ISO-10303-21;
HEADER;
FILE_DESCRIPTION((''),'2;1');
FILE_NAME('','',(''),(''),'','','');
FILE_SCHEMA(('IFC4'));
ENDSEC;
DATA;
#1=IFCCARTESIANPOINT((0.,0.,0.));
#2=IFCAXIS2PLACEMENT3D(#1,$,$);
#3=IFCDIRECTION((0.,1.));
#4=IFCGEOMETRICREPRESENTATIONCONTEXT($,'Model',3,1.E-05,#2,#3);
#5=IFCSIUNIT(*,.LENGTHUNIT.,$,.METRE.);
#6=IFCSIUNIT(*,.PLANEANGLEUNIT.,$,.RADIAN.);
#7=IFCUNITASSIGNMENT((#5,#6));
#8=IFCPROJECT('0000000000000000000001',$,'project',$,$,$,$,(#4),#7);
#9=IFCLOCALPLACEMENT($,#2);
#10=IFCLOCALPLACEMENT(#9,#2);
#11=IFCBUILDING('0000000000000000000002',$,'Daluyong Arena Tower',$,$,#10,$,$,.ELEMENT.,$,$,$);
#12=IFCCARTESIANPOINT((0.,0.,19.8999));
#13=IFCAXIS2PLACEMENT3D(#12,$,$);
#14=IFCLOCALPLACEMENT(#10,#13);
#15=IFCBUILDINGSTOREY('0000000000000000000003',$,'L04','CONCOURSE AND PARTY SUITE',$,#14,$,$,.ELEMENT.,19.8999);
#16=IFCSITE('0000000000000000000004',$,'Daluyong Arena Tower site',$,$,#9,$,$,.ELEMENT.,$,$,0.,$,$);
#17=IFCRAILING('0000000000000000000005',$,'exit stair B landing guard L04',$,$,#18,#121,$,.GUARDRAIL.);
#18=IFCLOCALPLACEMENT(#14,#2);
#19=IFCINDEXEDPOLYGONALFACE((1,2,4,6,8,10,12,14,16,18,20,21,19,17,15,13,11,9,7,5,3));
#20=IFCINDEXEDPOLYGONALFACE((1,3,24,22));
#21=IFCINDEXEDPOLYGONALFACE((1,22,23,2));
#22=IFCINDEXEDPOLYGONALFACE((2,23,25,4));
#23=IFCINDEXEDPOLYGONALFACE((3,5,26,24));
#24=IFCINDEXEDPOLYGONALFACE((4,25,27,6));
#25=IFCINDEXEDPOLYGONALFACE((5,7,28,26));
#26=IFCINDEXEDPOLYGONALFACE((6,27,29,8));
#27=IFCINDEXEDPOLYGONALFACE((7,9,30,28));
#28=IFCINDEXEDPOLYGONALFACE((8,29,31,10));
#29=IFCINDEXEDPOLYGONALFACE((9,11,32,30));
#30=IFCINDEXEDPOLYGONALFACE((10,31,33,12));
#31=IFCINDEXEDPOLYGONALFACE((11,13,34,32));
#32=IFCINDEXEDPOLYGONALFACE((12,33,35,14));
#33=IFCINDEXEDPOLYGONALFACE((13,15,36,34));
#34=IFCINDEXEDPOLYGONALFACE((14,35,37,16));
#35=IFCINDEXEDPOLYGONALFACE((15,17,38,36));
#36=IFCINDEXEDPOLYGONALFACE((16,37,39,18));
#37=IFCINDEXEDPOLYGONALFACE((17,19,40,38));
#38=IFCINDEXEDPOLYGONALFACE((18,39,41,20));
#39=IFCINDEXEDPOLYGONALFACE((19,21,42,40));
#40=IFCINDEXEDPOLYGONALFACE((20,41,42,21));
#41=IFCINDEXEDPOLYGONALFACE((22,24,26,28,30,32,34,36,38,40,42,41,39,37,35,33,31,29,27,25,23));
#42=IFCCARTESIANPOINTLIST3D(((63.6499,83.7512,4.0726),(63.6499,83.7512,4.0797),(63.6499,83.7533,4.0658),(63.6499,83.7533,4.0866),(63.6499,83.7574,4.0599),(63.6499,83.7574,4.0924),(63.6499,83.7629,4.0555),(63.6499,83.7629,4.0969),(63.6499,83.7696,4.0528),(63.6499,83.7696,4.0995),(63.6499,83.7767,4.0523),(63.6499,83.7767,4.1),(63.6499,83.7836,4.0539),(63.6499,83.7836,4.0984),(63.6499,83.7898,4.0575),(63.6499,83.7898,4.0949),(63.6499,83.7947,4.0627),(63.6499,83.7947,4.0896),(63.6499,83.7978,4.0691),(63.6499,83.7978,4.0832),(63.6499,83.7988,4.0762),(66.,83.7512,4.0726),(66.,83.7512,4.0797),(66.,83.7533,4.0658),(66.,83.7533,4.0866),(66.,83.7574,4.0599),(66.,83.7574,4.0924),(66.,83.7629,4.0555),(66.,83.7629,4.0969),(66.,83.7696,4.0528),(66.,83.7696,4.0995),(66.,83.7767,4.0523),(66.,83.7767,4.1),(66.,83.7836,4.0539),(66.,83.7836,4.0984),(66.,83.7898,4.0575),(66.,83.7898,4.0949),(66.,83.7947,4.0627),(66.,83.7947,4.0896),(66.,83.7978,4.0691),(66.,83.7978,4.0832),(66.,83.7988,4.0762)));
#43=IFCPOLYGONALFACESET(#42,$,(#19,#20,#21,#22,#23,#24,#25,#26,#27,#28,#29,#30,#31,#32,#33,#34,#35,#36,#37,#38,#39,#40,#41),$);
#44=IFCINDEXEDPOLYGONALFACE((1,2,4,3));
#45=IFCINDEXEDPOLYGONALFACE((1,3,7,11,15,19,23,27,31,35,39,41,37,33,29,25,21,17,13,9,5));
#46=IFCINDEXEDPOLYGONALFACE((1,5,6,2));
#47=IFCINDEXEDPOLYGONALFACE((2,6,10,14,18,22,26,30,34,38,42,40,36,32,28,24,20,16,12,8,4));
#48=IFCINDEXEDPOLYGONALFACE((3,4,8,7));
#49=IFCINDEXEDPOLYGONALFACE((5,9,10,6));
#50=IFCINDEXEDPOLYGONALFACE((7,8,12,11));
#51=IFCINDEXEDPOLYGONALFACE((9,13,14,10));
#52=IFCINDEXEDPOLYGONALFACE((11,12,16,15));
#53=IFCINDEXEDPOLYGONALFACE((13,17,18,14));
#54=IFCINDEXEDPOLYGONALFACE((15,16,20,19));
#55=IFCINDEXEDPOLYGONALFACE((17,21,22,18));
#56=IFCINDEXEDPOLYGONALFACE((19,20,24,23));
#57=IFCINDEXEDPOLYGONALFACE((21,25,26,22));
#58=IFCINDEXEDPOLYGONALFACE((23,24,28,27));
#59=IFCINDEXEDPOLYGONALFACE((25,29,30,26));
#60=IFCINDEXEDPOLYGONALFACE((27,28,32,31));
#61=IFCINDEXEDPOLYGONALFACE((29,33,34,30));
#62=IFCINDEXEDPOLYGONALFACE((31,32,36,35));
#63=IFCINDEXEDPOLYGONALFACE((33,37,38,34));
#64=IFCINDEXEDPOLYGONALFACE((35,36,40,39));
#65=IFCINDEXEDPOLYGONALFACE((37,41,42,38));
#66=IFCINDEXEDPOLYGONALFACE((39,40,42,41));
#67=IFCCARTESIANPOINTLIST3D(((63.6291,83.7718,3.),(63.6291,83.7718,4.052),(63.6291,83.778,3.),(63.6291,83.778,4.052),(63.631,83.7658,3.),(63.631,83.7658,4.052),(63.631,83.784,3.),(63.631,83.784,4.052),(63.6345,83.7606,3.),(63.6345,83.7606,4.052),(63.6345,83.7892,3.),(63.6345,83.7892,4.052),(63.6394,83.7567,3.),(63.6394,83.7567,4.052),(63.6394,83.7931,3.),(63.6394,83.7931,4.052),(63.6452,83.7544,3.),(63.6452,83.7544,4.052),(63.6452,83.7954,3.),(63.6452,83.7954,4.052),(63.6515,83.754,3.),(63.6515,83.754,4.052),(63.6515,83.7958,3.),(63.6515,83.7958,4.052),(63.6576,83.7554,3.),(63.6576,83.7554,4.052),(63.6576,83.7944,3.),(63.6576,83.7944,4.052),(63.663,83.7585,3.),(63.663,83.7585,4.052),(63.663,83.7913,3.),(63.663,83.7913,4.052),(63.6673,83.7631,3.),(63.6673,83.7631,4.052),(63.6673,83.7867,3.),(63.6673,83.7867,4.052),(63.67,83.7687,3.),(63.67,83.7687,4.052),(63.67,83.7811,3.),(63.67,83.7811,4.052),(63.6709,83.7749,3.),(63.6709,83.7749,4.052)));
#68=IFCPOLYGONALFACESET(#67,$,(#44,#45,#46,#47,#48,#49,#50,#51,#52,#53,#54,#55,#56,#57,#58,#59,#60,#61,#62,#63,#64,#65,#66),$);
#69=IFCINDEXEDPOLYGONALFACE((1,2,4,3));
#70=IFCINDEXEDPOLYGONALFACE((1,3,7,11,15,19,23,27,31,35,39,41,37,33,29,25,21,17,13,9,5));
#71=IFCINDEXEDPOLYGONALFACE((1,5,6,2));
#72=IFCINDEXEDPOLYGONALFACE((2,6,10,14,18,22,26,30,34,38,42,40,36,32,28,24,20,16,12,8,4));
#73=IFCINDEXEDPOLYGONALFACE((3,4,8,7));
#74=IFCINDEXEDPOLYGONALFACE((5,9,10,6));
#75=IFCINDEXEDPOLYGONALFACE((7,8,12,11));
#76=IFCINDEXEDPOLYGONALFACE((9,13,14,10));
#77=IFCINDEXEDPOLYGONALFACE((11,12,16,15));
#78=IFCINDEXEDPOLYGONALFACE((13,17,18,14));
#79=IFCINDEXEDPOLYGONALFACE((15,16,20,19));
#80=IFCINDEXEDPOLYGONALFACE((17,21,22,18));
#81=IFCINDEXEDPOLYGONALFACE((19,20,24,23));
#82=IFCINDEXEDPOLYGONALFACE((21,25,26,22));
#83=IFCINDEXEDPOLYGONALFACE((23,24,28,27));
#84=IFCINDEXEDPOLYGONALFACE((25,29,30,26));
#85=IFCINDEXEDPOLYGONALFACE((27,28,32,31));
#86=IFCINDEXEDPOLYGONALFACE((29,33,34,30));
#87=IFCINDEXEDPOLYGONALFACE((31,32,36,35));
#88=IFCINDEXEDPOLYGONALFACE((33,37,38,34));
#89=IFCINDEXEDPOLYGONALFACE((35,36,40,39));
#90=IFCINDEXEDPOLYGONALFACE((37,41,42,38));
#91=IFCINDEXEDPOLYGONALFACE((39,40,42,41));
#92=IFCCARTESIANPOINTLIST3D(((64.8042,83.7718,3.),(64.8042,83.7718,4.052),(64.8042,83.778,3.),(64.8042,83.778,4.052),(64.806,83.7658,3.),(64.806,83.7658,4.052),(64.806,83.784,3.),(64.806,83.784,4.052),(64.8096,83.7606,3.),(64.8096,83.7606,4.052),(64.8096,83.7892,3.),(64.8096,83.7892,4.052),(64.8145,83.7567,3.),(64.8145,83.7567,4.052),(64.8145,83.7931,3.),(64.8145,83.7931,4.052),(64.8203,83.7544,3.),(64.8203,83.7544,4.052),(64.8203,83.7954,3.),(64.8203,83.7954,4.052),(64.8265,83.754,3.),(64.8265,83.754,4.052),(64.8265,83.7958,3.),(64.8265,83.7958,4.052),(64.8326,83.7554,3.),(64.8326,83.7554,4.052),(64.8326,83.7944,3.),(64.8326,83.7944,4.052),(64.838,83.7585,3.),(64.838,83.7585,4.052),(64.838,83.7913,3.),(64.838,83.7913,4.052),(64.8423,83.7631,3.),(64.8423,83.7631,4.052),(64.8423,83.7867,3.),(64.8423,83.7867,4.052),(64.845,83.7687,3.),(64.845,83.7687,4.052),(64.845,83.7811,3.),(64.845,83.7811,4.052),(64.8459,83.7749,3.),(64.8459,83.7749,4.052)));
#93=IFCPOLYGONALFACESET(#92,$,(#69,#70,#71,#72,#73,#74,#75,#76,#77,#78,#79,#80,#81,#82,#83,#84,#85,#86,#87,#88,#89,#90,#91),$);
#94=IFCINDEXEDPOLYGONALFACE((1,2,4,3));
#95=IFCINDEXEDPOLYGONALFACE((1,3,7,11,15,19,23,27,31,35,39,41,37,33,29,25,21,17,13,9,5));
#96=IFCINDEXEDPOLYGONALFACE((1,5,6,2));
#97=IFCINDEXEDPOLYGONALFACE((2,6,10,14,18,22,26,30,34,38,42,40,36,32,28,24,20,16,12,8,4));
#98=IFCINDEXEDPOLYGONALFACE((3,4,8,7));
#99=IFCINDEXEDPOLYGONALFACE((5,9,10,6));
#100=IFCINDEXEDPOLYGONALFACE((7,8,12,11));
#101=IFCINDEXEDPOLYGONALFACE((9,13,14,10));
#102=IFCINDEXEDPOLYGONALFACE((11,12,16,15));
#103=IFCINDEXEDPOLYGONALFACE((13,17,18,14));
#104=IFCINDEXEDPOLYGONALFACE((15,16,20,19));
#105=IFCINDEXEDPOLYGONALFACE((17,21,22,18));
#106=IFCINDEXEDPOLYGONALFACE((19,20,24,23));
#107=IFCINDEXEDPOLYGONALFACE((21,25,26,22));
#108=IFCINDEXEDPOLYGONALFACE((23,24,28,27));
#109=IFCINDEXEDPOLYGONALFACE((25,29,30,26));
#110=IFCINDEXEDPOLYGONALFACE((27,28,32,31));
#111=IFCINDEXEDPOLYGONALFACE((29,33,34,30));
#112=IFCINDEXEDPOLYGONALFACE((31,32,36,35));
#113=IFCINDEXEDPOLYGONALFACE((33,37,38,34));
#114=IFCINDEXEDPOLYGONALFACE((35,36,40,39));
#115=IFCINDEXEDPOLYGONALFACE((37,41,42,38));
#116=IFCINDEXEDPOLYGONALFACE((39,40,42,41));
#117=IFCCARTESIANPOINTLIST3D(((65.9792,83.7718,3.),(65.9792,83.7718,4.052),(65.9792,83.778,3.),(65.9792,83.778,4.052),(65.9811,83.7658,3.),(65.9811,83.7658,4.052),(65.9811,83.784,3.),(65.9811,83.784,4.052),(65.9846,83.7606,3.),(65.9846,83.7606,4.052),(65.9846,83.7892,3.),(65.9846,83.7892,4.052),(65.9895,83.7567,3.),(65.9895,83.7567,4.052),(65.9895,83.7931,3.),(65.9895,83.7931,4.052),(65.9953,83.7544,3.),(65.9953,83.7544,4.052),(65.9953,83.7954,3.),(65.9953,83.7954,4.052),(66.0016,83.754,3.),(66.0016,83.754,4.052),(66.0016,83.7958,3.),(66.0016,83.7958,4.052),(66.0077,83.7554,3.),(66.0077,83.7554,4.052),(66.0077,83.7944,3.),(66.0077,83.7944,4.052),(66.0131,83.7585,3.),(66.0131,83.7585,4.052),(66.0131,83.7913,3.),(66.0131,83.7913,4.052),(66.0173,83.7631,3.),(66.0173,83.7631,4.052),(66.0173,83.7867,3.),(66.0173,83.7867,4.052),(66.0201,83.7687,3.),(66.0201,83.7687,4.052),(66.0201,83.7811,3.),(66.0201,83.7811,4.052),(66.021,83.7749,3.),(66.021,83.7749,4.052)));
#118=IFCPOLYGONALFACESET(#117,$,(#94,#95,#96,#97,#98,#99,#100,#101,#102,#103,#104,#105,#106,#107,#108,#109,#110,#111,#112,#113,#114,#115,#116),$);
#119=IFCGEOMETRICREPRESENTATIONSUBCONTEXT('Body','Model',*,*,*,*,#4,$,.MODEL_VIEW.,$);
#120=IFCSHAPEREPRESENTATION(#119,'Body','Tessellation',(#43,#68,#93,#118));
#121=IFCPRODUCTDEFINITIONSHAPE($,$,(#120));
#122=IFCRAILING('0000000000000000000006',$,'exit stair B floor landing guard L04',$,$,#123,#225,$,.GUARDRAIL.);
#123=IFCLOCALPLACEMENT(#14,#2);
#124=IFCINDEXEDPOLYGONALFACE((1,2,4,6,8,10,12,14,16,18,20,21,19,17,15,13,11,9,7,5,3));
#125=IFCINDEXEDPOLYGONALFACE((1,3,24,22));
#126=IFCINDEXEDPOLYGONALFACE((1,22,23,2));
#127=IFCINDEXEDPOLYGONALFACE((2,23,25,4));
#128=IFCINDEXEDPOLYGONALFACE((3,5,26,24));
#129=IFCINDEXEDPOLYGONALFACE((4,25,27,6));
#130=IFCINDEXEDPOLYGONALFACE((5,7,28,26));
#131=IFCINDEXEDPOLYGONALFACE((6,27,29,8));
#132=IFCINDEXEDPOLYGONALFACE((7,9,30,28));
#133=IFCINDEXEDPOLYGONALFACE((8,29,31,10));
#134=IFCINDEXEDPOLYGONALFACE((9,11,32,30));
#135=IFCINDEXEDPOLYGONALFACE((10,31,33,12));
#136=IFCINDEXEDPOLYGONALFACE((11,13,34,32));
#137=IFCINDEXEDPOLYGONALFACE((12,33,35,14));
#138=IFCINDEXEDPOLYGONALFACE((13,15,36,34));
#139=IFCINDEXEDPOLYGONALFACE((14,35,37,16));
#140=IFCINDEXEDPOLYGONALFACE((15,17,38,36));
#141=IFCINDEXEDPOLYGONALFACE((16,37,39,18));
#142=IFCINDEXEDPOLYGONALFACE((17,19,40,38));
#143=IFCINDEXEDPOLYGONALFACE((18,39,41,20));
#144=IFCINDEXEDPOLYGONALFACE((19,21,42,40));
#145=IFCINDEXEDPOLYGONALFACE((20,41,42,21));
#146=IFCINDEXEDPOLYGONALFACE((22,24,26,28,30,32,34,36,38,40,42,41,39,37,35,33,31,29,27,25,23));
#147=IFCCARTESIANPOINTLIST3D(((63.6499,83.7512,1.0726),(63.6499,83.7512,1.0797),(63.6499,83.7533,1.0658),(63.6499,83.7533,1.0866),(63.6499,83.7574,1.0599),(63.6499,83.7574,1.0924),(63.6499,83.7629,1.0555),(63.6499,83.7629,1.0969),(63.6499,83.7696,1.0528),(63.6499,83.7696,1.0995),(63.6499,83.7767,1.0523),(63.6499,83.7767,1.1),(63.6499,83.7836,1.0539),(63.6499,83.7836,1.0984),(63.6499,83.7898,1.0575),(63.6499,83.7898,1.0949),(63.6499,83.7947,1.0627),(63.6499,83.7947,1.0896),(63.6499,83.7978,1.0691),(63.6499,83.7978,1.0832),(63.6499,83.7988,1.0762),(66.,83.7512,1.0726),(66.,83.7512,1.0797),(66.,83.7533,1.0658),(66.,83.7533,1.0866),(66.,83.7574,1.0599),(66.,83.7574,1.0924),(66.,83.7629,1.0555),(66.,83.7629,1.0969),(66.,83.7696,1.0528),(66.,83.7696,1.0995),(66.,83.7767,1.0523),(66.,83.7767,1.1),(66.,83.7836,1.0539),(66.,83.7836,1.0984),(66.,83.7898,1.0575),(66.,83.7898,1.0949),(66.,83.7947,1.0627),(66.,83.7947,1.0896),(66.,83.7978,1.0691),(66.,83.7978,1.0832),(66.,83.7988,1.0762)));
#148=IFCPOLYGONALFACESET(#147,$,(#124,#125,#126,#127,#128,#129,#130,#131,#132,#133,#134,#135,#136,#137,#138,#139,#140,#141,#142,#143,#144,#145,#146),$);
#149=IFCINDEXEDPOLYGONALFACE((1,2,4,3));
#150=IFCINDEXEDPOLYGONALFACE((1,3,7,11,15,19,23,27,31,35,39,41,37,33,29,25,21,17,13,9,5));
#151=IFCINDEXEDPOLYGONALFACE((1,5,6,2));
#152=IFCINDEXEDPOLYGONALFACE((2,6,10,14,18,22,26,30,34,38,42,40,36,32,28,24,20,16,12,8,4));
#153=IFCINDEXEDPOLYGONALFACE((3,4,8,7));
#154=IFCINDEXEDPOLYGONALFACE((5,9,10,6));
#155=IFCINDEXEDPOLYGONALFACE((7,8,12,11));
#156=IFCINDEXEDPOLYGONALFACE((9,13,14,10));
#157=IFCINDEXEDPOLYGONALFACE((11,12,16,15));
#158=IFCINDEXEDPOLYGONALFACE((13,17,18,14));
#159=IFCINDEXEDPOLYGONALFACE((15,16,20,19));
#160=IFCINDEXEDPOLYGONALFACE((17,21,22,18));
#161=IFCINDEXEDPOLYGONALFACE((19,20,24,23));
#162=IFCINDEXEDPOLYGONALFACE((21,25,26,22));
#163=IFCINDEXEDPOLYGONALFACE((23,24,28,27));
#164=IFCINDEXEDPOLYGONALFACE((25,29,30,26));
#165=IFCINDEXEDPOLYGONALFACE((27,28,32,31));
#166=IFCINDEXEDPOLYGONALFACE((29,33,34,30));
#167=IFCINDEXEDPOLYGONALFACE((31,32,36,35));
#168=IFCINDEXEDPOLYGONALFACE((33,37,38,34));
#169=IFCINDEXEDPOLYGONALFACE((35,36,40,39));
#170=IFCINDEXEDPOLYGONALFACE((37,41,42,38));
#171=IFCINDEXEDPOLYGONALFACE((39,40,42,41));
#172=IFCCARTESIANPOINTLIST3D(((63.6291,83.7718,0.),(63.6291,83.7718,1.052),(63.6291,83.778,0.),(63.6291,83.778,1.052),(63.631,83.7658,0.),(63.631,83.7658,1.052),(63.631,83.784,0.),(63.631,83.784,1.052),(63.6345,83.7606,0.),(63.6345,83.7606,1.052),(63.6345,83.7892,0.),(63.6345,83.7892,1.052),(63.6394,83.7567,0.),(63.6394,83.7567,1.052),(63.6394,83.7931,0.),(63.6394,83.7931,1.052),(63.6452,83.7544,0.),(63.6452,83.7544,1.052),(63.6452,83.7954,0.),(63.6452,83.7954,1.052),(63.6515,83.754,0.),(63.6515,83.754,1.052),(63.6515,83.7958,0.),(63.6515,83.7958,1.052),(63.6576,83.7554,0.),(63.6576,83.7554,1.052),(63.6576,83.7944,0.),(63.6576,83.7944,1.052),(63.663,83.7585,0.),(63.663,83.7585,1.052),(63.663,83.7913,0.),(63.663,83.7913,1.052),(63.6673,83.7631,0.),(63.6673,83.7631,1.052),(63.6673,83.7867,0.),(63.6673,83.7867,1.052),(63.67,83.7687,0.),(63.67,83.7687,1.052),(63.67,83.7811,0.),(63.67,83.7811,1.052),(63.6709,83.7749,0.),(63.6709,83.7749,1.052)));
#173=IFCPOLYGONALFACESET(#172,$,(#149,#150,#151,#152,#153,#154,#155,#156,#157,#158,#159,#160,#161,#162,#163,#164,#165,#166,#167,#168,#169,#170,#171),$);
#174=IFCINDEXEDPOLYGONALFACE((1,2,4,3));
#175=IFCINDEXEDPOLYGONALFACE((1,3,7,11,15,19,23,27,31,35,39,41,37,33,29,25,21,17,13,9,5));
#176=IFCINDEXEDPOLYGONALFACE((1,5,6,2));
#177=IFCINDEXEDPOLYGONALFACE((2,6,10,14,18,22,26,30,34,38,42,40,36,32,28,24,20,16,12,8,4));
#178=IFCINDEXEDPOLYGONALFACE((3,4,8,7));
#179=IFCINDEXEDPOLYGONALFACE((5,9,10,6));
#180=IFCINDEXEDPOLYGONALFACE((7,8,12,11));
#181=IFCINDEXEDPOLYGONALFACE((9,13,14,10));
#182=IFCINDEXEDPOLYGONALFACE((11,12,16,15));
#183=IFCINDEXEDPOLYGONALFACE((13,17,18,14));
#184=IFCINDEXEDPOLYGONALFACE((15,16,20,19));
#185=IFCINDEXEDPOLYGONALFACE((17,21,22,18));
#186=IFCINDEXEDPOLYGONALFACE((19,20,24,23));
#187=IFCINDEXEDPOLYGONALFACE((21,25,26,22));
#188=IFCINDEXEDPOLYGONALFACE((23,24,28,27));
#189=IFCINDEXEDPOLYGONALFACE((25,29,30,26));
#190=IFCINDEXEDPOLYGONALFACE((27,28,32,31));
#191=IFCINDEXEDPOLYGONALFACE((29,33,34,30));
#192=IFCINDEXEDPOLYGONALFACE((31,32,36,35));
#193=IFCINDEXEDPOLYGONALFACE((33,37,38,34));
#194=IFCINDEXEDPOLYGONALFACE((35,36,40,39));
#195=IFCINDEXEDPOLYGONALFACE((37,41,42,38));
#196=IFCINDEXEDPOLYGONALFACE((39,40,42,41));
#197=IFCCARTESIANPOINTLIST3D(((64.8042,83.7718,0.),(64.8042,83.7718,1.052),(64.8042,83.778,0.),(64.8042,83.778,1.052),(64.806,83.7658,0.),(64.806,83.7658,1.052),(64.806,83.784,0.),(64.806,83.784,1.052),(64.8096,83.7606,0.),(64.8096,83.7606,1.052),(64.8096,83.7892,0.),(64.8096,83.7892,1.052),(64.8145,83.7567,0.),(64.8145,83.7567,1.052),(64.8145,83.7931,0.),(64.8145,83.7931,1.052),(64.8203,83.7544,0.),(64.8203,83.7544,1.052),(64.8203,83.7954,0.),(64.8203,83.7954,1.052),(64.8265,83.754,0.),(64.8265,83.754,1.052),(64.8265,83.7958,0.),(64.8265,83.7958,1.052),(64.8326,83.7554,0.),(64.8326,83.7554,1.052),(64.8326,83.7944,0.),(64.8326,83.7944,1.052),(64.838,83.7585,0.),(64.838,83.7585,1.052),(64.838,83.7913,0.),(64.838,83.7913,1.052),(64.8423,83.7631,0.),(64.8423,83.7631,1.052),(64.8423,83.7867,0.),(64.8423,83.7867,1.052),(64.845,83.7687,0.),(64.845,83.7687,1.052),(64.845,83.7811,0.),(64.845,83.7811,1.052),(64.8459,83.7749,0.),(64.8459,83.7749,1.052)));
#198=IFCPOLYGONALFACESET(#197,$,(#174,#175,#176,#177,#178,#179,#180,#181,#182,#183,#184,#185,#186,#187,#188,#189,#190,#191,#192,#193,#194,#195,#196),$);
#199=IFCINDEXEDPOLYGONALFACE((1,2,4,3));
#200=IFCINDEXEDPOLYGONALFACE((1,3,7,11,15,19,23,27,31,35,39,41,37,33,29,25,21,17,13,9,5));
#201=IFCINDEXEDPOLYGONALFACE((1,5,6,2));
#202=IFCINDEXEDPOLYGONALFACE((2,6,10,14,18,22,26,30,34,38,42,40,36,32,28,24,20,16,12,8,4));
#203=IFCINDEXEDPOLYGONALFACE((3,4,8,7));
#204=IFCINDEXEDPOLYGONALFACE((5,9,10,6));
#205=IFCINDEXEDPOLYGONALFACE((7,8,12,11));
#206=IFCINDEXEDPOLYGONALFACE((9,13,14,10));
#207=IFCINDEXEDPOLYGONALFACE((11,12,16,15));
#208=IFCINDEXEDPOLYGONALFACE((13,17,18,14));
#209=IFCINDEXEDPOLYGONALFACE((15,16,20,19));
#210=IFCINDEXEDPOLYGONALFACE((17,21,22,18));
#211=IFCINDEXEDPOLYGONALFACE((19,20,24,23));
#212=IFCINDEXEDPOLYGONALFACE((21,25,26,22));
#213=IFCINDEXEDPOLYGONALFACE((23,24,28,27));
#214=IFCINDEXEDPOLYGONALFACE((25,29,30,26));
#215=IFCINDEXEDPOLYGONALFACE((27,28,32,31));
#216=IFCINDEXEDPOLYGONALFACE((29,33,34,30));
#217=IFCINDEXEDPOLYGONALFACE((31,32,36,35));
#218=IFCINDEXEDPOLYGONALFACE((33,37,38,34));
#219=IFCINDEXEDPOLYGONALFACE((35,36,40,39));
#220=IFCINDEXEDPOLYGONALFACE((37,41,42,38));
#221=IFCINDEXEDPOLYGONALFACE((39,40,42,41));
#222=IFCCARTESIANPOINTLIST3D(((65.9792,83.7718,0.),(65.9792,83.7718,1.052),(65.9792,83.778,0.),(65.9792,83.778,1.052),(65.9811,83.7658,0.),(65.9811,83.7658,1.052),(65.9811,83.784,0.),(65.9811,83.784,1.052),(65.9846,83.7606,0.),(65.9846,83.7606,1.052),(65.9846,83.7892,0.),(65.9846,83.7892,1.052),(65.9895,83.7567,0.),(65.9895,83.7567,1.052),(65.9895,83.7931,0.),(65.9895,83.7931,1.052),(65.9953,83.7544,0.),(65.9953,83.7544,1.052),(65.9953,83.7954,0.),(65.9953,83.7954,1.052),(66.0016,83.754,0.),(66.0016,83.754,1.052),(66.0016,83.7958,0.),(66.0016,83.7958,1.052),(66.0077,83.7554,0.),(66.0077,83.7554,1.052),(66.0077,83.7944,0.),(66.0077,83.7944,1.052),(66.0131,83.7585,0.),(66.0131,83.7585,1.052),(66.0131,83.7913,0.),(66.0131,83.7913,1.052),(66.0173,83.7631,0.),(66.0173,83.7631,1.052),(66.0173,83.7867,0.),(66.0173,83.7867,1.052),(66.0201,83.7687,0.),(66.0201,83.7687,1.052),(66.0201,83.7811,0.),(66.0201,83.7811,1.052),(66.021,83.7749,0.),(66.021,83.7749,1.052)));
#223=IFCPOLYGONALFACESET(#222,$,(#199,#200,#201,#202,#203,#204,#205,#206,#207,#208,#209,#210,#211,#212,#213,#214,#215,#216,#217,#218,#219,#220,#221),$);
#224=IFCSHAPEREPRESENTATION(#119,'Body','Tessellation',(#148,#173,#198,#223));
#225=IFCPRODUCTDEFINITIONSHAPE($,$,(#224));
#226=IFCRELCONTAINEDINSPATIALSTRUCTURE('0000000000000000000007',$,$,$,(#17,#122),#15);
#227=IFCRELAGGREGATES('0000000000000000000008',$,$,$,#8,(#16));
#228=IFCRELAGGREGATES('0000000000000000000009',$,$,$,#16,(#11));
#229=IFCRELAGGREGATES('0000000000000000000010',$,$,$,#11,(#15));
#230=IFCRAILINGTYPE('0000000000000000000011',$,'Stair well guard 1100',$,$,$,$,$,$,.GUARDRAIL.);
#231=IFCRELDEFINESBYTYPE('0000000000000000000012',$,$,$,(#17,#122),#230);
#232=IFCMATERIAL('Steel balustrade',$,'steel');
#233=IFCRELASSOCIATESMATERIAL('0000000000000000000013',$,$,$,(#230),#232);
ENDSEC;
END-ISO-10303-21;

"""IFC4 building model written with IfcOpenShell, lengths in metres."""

from ifc_helpers import new_model, si_unit, direction, frame, origin, origin_2d, place, context, subcontext, project, spatial, circle, extrude, material, type_object, element, save


model = new_model("IFC4")

# Units and contexts
model_context = context("Model", 3, precision=1e-05, world=origin(), true_north=direction((0.0, 1.0)))
body_context = subcontext(model_context, "Body", "Model", "MODEL_VIEW")
ifc_project = project(units=[si_unit("LENGTHUNIT", "METRE"), si_unit("PLANEANGLEUNIT", "RADIAN")], contexts=[model_context])

# Site, building, storey
site_placement = place(None, origin())
site = spatial("IfcSite", under=ifc_project, at=site_placement, Name="Daluyong Arena Tower site", CompositionType="ELEMENT", RefElevation=0.0)
building_placement = place(site_placement, origin())
building = spatial("IfcBuilding", under=site, at=building_placement, Name="Daluyong Arena Tower", CompositionType="ELEMENT")
storey_placement = place(building_placement, frame((0.0, 0.0, 19.8999)))
storey = spatial("IfcBuildingStorey", under=building, at=storey_placement, Name="L04", Description="CONCOURSE AND PARTY SUITE", CompositionType="ELEMENT", Elevation=19.8999)

# Railings
ifc_material_1 = material(Name="Steel balustrade", Category="steel")
railing_type_1 = type_object("IfcRailingType", Name="Stair well guard 1100", PredefinedType="GUARDRAIL", material=ifc_material_1)
for number, where, name in (
    (1, (63.6499, 83.7749, 3.0), "exit stair B landing guard L04"),
    (2, (63.6499, 83.7749, 0.0), "exit stair B floor landing guard L04"),
):
    element("IfcRailing", number, at=place(storey_placement, frame(where)), inside=storey, type_object=railing_type_1, Name=name, PredefinedType="GUARDRAIL", context=body_context, shape_type="SweptSolid", body=[
        extrude(circle(Radius=0.0239, at=origin_2d()), frame((0.0, 0.0, 1.0762), z_axis=(1.0, 0.0, 0.0), x_axis=(0.0, 1.0, 0.0)), (0.0, 0.0, 1.0), 2.3501),
        extrude(circle(Radius=0.021, at=origin_2d()), origin(), (0.0, 0.0, 1.0), 1.052),
        extrude(circle(Radius=0.021, at=origin_2d()), frame((1.175, 0.0, 0.0)), (0.0, 0.0, 1.0), 1.052),
        extrude(circle(Radius=0.021, at=origin_2d()), frame((2.3501, 0.0, 0.0)), (0.0, 0.0, 1.0), 1.052),
    ])

save(model, "model.ifc")
